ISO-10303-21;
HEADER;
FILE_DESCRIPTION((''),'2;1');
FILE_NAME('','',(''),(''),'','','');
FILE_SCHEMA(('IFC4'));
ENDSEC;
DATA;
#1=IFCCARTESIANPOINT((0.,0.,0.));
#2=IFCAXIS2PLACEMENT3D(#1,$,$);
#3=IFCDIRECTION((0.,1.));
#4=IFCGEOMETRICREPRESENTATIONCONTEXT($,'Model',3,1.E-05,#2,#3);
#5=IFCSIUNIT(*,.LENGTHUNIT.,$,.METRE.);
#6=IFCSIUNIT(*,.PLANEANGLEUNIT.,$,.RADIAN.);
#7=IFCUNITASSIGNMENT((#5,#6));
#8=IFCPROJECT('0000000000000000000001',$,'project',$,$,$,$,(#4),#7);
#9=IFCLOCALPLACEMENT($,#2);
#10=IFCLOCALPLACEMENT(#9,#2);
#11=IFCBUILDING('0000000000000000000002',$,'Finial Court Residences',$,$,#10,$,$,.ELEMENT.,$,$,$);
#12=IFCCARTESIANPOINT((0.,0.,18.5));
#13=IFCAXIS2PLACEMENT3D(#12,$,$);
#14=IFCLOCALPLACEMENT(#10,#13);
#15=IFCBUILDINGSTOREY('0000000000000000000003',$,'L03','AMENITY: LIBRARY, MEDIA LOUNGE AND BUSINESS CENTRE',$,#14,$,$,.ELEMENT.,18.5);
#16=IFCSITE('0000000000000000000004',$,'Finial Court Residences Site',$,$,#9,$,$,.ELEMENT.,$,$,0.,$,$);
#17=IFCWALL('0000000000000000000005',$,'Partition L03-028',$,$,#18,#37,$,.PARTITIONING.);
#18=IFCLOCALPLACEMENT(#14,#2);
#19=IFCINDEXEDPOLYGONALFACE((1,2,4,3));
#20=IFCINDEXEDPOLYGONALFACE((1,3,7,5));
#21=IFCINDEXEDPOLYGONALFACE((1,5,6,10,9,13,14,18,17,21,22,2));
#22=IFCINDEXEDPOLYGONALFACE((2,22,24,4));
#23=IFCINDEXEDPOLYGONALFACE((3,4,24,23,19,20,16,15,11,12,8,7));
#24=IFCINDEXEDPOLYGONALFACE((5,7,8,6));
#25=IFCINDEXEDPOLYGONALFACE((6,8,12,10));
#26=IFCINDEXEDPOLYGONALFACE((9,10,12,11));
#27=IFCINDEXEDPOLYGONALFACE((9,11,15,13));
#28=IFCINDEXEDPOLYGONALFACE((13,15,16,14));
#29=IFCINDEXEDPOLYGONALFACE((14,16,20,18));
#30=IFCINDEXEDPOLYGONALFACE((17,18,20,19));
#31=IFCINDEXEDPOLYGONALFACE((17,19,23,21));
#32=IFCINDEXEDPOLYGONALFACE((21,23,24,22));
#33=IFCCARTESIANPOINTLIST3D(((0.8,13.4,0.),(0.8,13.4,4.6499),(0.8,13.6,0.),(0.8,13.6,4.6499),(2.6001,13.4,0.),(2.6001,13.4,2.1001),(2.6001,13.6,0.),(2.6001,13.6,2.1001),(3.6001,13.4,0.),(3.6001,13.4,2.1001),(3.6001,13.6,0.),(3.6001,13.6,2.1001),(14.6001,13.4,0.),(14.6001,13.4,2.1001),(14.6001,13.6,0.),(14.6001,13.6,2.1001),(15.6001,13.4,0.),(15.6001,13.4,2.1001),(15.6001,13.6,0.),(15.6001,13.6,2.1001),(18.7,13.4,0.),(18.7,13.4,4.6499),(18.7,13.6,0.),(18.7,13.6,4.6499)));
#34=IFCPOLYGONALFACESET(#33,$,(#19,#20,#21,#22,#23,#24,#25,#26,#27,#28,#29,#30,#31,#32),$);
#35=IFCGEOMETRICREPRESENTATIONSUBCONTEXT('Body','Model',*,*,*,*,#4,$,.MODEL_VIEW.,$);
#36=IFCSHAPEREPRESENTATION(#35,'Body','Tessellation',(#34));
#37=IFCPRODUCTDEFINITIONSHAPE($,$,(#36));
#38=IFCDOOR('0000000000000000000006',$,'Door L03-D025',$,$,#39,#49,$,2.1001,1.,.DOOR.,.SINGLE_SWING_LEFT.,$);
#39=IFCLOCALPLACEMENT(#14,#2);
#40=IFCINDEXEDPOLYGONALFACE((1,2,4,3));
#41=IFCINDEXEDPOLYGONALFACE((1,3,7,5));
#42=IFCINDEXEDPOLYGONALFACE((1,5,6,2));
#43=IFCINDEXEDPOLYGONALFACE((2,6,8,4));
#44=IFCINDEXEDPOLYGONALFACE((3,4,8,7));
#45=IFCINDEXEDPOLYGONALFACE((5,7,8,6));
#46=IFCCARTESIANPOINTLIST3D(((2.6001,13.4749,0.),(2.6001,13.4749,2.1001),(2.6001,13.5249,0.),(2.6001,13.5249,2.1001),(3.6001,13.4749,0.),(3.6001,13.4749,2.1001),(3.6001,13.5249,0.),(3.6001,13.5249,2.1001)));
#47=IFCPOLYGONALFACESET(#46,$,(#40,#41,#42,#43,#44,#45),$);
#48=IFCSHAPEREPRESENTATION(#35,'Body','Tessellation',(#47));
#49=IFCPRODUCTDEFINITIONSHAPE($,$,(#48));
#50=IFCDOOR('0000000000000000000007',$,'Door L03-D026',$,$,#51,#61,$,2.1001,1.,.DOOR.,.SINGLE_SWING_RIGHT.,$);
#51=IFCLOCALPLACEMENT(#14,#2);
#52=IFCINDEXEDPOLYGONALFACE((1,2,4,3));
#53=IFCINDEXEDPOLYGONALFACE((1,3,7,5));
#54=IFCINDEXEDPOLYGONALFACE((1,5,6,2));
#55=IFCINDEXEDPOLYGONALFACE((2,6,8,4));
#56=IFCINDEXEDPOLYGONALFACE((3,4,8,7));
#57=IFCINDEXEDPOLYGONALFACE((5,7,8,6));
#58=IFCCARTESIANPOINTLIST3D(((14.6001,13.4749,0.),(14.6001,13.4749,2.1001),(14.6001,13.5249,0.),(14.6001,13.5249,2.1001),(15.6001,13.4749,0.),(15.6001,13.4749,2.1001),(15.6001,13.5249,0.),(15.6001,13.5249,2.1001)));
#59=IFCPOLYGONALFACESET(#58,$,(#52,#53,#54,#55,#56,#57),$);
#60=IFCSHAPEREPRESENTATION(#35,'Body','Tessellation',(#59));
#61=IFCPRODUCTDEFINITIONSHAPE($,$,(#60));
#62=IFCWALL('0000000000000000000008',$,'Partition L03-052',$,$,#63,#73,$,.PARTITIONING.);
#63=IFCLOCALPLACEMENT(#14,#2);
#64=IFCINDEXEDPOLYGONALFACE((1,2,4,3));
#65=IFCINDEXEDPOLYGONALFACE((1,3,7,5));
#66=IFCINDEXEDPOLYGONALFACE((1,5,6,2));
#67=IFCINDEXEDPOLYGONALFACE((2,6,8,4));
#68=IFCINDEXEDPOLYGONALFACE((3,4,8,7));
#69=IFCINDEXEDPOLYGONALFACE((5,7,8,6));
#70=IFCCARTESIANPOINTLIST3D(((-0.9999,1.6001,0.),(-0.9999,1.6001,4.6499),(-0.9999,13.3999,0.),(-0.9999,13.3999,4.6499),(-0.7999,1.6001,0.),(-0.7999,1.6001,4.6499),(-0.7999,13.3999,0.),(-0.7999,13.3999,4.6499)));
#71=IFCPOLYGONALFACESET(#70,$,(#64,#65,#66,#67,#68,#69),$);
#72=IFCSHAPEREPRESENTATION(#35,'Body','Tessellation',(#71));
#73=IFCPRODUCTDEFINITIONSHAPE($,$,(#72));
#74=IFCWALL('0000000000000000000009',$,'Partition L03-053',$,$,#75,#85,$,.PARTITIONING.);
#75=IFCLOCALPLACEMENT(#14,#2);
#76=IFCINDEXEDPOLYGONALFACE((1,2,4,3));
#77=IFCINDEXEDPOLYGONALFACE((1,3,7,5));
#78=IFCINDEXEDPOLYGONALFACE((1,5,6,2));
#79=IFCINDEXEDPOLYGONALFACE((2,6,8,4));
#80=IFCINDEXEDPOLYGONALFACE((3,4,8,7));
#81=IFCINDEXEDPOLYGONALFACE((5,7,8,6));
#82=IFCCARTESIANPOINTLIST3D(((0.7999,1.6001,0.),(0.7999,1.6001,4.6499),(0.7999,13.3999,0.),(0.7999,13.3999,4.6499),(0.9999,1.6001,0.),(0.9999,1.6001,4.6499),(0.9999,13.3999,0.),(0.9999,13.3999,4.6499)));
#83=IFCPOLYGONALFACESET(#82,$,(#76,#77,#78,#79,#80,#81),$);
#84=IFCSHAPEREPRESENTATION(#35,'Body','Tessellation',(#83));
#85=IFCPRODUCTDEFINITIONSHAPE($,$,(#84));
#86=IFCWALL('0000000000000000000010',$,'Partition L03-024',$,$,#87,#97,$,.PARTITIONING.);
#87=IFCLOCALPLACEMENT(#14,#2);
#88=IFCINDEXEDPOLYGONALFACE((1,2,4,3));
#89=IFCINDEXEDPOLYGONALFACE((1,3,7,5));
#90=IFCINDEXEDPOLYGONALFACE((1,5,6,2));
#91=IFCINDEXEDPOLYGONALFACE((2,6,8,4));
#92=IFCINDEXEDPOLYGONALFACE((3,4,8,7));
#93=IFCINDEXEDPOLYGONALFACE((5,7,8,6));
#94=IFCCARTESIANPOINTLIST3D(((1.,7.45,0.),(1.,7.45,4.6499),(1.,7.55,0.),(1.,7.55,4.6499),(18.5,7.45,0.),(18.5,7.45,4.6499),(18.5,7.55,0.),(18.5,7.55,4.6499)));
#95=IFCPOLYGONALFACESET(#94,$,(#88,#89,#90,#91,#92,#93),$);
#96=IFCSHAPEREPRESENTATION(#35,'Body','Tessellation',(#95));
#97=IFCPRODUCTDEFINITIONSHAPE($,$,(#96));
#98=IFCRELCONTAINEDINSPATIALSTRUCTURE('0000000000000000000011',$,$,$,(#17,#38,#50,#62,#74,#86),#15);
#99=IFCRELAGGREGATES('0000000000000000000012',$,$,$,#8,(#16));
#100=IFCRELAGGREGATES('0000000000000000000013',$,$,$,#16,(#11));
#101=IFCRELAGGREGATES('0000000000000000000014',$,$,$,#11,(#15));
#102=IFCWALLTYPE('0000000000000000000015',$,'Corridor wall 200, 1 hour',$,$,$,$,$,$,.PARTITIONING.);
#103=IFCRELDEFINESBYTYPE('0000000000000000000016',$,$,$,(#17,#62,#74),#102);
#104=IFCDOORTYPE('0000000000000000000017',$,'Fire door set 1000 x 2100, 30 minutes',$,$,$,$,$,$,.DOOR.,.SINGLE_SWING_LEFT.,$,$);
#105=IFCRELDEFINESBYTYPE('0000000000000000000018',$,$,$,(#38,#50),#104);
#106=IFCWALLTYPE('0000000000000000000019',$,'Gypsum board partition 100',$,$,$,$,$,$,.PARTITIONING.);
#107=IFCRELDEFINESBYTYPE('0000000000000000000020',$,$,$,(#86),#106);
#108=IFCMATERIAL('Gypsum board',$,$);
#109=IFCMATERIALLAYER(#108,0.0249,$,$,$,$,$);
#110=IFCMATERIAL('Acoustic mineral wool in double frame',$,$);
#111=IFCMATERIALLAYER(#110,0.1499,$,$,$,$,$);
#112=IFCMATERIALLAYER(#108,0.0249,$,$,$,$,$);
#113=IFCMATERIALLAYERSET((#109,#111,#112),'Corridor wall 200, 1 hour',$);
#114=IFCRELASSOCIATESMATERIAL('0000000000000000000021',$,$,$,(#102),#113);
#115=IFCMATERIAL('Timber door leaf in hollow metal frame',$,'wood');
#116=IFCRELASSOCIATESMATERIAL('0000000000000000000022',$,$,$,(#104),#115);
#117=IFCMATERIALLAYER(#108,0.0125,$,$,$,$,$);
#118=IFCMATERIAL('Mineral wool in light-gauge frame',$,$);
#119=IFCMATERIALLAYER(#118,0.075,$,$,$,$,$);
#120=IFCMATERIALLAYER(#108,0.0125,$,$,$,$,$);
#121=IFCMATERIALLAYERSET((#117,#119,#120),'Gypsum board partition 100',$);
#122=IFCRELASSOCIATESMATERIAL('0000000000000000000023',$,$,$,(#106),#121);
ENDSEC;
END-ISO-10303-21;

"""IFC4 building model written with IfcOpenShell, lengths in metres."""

from ifc_helpers import new_model, si_unit, direction, frame, frame_2d, origin, place, context, subcontext, project, spatial, rectangle, extrude, material, layer, layer_set, type_object, element, fill, save


model = new_model("IFC4")

# Units and contexts
model_context = context("Model", 3, precision=1e-05, world=origin(), true_north=direction((0.0, 1.0)))
body_context = subcontext(model_context, "Body", "Model", "MODEL_VIEW")
ifc_project = project(units=[si_unit("LENGTHUNIT", "METRE"), si_unit("PLANEANGLEUNIT", "RADIAN")], contexts=[model_context])

# Site, building, storey
site_placement = place(None, origin())
site = spatial("IfcSite", under=ifc_project, at=site_placement, Name="Finial Court Residences Site", CompositionType="ELEMENT", RefElevation=0.0)
building_placement = place(site_placement, origin())
building = spatial("IfcBuilding", under=site, at=building_placement, Name="Finial Court Residences", CompositionType="ELEMENT")
storey_placement = place(building_placement, frame((0.0, 0.0, 18.5)))
storey = spatial("IfcBuildingStorey", under=building, at=storey_placement, Name="L03", Description="AMENITY: LIBRARY, MEDIA LOUNGE AND BUSINESS CENTRE", CompositionType="ELEMENT", Elevation=18.5)

# Wall, openings, doors
ifc_material_1 = material(Name="Gypsum board")
ifc_layer_1 = layer(ifc_material_1, 0.0249)
ifc_material_2 = material(Name="Acoustic mineral wool in double frame")
ifc_layer_2 = layer(ifc_material_2, 0.1499)
ifc_layer_3 = layer(ifc_material_1, 0.0249)
ifc_layer_set_1 = layer_set([ifc_layer_1, ifc_layer_2, ifc_layer_3], Name="Corridor wall 200, 1 hour")
wall_type_1 = type_object("IfcWallType", Name="Corridor wall 200, 1 hour", PredefinedType="PARTITIONING", material=ifc_layer_set_1)
ifc_material_3 = material(Name="Timber door leaf in hollow metal frame", Category="wood")
door_type = type_object("IfcDoorType", Name="Fire door set 1000 x 2100, 30 minutes", OperationType="SINGLE_SWING_LEFT", PredefinedType="DOOR", material=ifc_material_3)
wall_1_placement = place(storey_placement, frame((0.8, 13.5, 0.0), z_axis=(0.0, 0.0, 1.0), x_axis=(1.0, 0.0, 0.0)))
wall_1 = element("IfcWall", 1, at=wall_1_placement, inside=storey, type_object=wall_type_1, Name="Partition L03-028", PredefinedType="PARTITIONING", context=body_context, shape_type="SweptSolid", body=[
    extrude(rectangle(XDim=17.8999, YDim=0.2, at=frame_2d((8.95, 0.0))), origin(), (0.0, 0.0, 1.0), 4.6499),
])
opening_1_placement = place(wall_1_placement, frame((1.8, 0.0, 0.0)))
opening_1 = element("IfcOpeningElement", 2, at=opening_1_placement, cuts=wall_1, PredefinedType="OPENING", context=body_context, shape_type="SweptSolid", body=[
    extrude(rectangle(XDim=1.0, YDim=2.1001, at=frame_2d((0.5, 1.05))), frame((0.0, 0.1099, 0.0), z_axis=(0.0, -1.0, 0.0), x_axis=(1.0, 0.0, 0.0)), (0.0, 0.0, 1.0), 0.22),
])
opening_2_placement = place(wall_1_placement, frame((13.8, 0.0, 0.0)))
opening_2 = element("IfcOpeningElement", 3, at=opening_2_placement, cuts=wall_1, PredefinedType="OPENING", context=body_context, shape_type="SweptSolid", body=[
    extrude(rectangle(XDim=1.0, YDim=2.1001, at=frame_2d((0.5, 1.05))), frame((0.0, 0.1099, 0.0), z_axis=(0.0, -1.0, 0.0), x_axis=(1.0, 0.0, 0.0)), (0.0, 0.0, 1.0), 0.22),
])
door_1_placement = place(opening_1_placement, origin())
door_1 = element("IfcDoor", 4, at=door_1_placement, inside=storey, type_object=door_type, Name="Door L03-D025", OperationType="SINGLE_SWING_LEFT", OverallHeight=2.1001, OverallWidth=1.0, PredefinedType="DOOR", context=body_context, shape_type="SweptSolid", body=[
    extrude(rectangle(XDim=1.0, YDim=2.1001, at=frame_2d((0.5, 1.05))), frame((0.0, 0.0249, 0.0), z_axis=(0.0, -1.0, 0.0), x_axis=(1.0, 0.0, 0.0)), (0.0, 0.0, 1.0), 0.05),
])
fill(opening_1, door_1)
door_2_placement = place(opening_2_placement, origin())
door_2 = element("IfcDoor", 5, at=door_2_placement, inside=storey, type_object=door_type, Name="Door L03-D026", OperationType="SINGLE_SWING_RIGHT", OverallHeight=2.1001, OverallWidth=1.0, PredefinedType="DOOR", context=body_context, shape_type="SweptSolid", body=[
    extrude(rectangle(XDim=1.0, YDim=2.1001, at=frame_2d((0.5, 1.05))), frame((0.0, 0.0249, 0.0), z_axis=(0.0, -1.0, 0.0), x_axis=(1.0, 0.0, 0.0)), (0.0, 0.0, 1.0), 0.05),
])
fill(opening_2, door_2)

# Walls
for number, where, z_axis, x_axis, name in (
    (6, (-0.8999, 1.6001, 0.0), (0.0, 0.0, 1.0), (0.0, 1.0, 0.0), "Partition L03-052"),
    (7, (0.8999, 1.6001, 0.0), (0.0, 0.0, 1.0), (0.0, 1.0, 0.0), "Partition L03-053"),
):
    element("IfcWall", number, at=place(storey_placement, frame(where, z_axis=z_axis, x_axis=x_axis)), inside=storey, type_object=wall_type_1, Name=name, PredefinedType="PARTITIONING", context=body_context, shape_type="SweptSolid", body=[
        extrude(rectangle(XDim=11.7998, YDim=0.2, at=frame_2d((5.8999, 0.0))), origin(), (0.0, 0.0, 1.0), 4.6499),
    ])
ifc_layer_4 = layer(ifc_material_1, 0.0125)
ifc_material_4 = material(Name="Mineral wool in light-gauge frame")
ifc_layer_5 = layer(ifc_material_4, 0.075)
ifc_layer_6 = layer(ifc_material_1, 0.0125)
ifc_layer_set_2 = layer_set([ifc_layer_4, ifc_layer_5, ifc_layer_6], Name="Gypsum board partition 100")
wall_type_2 = type_object("IfcWallType", Name="Gypsum board partition 100", PredefinedType="PARTITIONING", material=ifc_layer_set_2)
wall_2_placement = place(storey_placement, frame((1.0, 7.5, 0.0), z_axis=(0.0, 0.0, 1.0), x_axis=(1.0, 0.0, 0.0)))
element("IfcWall", 8, at=wall_2_placement, inside=storey, type_object=wall_type_2, Name="Partition L03-024", PredefinedType="PARTITIONING", context=body_context, shape_type="SweptSolid", body=[
    extrude(rectangle(XDim=17.5, YDim=0.1001, at=frame_2d((8.75, 0.0))), origin(), (0.0, 0.0, 1.0), 4.6499),
])

save(model, "model.ifc")
